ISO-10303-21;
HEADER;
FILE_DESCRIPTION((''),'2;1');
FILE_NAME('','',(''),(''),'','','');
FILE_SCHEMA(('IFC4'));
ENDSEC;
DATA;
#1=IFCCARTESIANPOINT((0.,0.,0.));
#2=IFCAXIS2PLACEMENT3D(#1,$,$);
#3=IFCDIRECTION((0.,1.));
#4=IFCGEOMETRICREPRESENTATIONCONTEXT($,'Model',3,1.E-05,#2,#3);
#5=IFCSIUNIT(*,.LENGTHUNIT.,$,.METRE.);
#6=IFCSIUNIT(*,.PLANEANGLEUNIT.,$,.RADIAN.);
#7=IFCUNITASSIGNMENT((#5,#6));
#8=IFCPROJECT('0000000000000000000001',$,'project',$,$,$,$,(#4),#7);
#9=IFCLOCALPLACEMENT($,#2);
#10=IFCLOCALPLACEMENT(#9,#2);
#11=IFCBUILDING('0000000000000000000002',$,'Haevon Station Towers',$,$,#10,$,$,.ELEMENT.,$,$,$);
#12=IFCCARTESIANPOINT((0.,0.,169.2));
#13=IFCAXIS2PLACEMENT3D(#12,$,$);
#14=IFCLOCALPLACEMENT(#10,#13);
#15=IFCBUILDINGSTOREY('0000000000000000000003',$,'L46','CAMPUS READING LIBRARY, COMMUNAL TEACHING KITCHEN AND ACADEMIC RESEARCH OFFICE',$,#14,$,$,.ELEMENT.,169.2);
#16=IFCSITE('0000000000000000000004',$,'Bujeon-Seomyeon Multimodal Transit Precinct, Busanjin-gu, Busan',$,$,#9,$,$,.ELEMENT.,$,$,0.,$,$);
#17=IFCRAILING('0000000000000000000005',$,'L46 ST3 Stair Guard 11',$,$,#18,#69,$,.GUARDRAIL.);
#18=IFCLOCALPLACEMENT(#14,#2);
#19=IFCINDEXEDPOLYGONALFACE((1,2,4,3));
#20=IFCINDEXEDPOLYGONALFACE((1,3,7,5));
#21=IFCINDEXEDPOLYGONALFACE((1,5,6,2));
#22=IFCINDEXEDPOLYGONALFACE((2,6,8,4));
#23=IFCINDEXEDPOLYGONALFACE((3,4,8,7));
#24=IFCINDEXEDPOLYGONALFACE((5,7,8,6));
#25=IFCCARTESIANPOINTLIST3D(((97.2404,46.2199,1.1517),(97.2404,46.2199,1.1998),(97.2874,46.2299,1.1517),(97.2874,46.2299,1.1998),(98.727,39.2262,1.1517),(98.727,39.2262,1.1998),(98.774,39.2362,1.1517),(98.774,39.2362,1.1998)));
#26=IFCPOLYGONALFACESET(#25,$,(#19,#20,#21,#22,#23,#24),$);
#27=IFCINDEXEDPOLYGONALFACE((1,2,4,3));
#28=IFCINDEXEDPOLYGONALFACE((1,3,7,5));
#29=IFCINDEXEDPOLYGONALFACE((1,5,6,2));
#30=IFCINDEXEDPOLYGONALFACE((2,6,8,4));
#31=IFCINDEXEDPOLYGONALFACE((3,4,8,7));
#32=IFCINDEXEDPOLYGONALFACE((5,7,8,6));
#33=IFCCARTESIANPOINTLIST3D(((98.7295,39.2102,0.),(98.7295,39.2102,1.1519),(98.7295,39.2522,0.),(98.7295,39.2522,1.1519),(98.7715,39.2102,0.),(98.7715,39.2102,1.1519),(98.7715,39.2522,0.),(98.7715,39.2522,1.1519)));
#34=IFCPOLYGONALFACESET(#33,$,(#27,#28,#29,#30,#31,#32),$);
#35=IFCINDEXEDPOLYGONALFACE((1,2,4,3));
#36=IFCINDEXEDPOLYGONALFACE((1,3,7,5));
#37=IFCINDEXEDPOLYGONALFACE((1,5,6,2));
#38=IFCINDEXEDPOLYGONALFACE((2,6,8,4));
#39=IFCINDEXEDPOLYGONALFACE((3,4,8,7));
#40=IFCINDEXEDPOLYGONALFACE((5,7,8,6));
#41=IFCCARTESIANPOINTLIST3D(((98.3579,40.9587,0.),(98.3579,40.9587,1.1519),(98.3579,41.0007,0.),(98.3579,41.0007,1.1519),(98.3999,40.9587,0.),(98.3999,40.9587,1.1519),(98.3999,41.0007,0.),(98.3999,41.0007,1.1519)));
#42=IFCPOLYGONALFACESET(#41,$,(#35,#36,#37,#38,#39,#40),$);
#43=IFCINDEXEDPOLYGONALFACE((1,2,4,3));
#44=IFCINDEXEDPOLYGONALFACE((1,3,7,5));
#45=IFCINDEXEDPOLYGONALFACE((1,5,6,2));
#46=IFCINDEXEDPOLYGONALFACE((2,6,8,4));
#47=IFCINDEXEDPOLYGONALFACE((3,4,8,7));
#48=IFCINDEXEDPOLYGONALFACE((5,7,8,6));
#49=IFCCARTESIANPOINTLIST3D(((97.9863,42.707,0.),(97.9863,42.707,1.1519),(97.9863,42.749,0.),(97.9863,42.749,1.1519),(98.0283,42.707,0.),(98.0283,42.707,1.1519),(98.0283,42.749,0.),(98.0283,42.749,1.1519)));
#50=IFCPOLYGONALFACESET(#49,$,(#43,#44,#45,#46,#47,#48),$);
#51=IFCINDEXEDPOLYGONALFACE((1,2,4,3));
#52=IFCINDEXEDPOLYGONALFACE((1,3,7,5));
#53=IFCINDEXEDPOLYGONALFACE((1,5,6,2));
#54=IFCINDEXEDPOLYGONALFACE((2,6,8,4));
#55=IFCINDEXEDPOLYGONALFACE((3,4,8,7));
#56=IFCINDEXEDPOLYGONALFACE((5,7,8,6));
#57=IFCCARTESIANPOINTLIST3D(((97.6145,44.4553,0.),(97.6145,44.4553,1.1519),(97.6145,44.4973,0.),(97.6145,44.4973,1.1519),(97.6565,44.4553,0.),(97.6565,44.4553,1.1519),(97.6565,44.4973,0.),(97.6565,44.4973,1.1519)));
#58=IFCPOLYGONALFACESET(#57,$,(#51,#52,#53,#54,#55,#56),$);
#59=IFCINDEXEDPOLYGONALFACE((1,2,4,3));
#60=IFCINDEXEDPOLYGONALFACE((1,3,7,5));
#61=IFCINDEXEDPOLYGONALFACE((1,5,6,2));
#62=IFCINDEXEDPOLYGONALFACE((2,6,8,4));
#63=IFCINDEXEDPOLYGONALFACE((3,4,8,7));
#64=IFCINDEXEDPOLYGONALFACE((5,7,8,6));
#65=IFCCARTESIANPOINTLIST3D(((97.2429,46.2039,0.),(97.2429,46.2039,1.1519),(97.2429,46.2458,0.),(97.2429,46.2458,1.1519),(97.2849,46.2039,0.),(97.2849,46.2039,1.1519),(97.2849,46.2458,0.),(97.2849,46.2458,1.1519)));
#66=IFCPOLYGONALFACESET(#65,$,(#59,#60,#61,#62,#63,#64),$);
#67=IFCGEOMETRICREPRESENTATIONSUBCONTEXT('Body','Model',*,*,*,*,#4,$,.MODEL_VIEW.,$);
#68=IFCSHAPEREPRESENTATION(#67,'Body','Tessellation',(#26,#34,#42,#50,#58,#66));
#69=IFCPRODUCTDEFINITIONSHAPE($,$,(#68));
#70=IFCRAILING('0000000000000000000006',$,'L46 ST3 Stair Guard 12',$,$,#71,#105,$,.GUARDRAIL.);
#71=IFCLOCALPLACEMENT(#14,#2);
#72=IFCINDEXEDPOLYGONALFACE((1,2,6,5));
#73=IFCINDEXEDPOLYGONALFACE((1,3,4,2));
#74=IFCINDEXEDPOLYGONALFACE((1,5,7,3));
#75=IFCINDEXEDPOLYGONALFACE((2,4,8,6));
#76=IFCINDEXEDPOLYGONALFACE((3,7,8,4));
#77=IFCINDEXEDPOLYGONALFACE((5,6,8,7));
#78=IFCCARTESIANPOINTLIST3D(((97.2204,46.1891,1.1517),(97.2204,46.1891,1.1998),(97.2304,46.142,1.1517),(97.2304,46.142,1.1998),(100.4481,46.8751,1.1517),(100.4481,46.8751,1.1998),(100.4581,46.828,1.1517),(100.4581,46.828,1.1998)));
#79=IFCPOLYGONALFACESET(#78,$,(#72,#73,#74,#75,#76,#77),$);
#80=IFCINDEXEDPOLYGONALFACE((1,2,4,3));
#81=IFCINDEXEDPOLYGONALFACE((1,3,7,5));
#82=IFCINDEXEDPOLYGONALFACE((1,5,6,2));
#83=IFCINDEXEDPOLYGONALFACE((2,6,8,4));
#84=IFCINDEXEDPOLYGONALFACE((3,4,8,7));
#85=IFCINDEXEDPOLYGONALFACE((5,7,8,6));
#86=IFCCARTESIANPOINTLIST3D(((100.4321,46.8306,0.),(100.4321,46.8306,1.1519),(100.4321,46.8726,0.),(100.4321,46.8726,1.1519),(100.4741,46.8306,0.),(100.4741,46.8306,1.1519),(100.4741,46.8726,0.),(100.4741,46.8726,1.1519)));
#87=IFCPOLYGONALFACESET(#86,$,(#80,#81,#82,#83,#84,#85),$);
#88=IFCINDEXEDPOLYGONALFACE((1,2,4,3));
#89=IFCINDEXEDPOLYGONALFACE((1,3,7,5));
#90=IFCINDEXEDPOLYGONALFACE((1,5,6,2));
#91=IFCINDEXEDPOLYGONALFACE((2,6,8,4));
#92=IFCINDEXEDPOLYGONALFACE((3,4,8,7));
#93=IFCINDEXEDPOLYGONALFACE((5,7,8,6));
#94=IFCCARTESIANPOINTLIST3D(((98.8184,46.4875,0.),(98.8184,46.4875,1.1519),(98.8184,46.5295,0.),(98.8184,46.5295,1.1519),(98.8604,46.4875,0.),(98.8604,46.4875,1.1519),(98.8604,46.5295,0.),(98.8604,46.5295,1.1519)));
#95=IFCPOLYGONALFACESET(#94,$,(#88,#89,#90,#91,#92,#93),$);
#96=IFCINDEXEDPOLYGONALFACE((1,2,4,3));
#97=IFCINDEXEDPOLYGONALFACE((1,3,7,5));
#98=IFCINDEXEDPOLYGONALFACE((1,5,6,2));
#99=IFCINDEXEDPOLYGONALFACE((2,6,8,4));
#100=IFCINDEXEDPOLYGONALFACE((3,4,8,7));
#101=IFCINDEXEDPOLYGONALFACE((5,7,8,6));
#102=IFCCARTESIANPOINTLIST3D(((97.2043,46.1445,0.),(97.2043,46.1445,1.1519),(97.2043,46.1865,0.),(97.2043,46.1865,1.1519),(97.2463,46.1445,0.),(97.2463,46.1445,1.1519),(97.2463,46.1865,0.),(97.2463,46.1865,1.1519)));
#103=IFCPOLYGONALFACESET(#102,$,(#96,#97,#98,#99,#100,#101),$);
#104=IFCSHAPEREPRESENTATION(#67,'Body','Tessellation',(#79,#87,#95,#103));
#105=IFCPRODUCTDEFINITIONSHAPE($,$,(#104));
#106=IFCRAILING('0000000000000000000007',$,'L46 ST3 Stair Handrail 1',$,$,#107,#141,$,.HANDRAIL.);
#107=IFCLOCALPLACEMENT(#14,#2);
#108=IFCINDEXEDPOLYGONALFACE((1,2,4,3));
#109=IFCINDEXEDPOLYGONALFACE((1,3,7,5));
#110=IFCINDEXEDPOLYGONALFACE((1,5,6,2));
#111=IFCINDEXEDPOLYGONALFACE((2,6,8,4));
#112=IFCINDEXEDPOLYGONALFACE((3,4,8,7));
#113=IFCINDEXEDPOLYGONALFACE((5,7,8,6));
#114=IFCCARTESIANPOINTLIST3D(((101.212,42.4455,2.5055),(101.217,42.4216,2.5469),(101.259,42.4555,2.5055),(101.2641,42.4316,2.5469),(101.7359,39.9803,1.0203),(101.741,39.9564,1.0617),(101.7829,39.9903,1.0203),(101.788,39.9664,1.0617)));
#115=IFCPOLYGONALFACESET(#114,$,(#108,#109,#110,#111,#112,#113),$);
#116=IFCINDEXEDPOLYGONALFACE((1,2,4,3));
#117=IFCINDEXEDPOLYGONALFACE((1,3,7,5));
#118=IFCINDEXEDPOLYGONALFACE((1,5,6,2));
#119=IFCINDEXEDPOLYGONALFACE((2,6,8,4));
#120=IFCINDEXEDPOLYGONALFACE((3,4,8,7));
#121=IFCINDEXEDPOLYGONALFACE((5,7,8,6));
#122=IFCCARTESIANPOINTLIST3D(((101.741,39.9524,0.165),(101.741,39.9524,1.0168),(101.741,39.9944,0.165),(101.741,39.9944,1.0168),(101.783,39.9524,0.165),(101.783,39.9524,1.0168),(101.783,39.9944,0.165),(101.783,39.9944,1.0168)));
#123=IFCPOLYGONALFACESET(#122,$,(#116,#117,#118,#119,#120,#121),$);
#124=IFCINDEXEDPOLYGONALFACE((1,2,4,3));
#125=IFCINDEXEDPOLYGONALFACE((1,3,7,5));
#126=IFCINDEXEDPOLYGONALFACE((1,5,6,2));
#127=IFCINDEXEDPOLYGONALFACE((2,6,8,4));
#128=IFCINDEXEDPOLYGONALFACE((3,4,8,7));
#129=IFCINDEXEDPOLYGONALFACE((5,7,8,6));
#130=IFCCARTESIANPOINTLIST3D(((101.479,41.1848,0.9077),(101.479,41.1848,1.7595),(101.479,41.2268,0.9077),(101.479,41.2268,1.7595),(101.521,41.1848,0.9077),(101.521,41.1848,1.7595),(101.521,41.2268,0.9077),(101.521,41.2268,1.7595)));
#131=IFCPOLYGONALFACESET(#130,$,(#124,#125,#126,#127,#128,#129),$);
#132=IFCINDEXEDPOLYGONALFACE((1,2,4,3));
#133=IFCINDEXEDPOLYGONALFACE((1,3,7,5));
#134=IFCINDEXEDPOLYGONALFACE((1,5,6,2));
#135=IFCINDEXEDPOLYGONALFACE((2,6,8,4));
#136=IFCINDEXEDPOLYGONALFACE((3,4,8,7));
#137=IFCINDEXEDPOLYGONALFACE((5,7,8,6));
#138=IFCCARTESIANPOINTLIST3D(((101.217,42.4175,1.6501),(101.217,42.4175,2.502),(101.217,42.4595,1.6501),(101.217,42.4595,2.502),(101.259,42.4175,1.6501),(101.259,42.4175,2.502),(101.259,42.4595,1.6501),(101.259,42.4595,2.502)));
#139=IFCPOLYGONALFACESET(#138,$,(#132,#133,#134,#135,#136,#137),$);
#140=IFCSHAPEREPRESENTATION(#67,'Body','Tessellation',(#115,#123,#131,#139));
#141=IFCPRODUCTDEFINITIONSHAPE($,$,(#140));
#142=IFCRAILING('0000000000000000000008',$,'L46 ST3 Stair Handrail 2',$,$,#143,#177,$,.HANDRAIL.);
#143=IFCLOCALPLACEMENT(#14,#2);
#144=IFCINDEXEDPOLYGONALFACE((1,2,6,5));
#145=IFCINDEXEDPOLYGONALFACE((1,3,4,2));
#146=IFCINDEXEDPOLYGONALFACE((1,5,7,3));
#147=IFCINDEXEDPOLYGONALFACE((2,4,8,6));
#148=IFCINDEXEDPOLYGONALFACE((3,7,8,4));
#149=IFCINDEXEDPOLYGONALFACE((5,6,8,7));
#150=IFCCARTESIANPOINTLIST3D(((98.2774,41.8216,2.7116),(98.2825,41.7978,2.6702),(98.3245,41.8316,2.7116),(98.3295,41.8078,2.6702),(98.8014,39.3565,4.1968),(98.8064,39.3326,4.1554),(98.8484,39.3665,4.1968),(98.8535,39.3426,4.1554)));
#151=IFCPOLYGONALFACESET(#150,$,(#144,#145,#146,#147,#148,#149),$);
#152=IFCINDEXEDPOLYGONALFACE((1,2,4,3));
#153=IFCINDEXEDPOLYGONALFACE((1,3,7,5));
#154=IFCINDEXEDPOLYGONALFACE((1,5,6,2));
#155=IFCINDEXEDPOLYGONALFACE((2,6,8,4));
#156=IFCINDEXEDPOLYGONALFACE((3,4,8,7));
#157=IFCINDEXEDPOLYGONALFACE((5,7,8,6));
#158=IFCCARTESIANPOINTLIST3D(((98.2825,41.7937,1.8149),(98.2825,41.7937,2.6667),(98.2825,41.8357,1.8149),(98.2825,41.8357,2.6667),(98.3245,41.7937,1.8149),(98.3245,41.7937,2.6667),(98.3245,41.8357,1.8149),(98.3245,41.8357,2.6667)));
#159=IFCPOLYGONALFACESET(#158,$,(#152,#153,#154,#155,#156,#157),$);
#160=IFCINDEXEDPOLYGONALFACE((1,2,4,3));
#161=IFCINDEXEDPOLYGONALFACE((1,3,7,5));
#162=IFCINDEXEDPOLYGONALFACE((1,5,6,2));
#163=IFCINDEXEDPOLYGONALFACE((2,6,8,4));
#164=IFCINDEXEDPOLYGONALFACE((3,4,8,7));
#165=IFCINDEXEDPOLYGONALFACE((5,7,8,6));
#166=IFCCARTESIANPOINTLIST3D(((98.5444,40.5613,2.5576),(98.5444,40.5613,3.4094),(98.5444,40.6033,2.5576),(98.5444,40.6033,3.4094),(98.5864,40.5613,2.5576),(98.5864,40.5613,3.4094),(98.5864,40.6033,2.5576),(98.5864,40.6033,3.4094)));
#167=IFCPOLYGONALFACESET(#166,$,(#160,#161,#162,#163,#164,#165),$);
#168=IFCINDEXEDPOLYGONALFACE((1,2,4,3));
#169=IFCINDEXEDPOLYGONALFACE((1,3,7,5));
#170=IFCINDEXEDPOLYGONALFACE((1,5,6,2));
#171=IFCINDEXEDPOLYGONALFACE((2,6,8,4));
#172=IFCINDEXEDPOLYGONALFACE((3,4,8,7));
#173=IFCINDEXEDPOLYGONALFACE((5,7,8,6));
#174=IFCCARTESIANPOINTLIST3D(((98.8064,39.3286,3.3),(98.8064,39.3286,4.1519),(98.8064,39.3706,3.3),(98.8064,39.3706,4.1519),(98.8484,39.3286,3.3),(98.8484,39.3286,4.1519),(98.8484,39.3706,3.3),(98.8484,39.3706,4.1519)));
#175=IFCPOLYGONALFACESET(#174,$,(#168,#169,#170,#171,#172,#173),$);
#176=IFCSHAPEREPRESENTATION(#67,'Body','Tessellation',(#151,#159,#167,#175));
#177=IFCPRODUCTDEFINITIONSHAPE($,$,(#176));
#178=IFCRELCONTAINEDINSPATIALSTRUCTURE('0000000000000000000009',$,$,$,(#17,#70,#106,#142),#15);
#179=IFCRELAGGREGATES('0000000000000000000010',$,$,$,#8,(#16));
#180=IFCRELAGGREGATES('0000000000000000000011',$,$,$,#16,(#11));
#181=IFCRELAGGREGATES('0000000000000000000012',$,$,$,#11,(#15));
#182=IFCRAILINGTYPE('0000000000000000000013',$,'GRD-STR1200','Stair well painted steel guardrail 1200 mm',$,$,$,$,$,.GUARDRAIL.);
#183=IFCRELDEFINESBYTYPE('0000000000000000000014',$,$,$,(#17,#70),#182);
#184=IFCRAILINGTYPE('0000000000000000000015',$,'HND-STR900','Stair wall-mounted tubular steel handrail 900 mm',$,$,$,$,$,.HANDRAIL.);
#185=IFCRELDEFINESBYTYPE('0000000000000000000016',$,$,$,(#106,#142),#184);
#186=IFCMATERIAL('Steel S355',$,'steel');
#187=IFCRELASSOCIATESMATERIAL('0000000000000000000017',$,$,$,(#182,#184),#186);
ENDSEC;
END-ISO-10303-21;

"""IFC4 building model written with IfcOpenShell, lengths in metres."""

from ifc_helpers import new_model, si_unit, direction, frame, origin, origin_2d, place, context, subcontext, project, spatial, rectangle, extrude, material, type_object, element, save


model = new_model("IFC4")

# Units and contexts
model_context = context("Model", 3, precision=1e-05, world=origin(), true_north=direction((0.0, 1.0)))
body_context = subcontext(model_context, "Body", "Model", "MODEL_VIEW")
ifc_project = project(units=[si_unit("LENGTHUNIT", "METRE"), si_unit("PLANEANGLEUNIT", "RADIAN")], contexts=[model_context])

# Site, building, storey
site_placement = place(None, origin())
site = spatial("IfcSite", under=ifc_project, at=site_placement, Name="Bujeon-Seomyeon Multimodal Transit Precinct, Busanjin-gu, Busan", CompositionType="ELEMENT", RefElevation=0.0)
building_placement = place(site_placement, origin())
building = spatial("IfcBuilding", under=site, at=building_placement, Name="Haevon Station Towers", CompositionType="ELEMENT")
storey_placement = place(building_placement, frame((0.0, 0.0, 169.2)))
storey = spatial("IfcBuildingStorey", under=building, at=storey_placement, Name="L46", Description="CAMPUS READING LIBRARY, COMMUNAL TEACHING KITCHEN AND ACADEMIC RESEARCH OFFICE", CompositionType="ELEMENT", Elevation=169.2)

# Shared definitions
ifc_material_1 = material(Name="Steel S355", Category="steel")

# Railings
railing_type_1 = type_object("IfcRailingType", Name="GRD-STR1200", Description="Stair well painted steel guardrail 1200 mm", PredefinedType="GUARDRAIL", material=ifc_material_1)
railing_1_placement = place(storey_placement, frame((98.7505, 39.2312, 0.0)))
element("IfcRailing", 1, at=railing_1_placement, inside=storey, type_object=railing_type_1, Name="L46 ST3 Stair Guard 11", PredefinedType="GUARDRAIL", context=body_context, shape_type="SweptSolid", body=[
    extrude(rectangle(XDim=0.0481, YDim=0.0481, at=origin_2d()), frame((0.0, 0.0, 1.1758), z_axis=(-0.207915, 0.978147, 0.0), x_axis=(-0.978147, -0.207915, 0.0)), (0.0, 0.0, 1.0), 7.1499),
    extrude(rectangle(XDim=0.042, YDim=0.042, at=origin_2d()), origin(), (0.0, 0.0, 1.0), 1.1519),
    extrude(rectangle(XDim=0.042, YDim=0.042, at=origin_2d()), frame((-0.3716, 1.7485, 0.0)), (0.0, 0.0, 1.0), 1.1519),
    extrude(rectangle(XDim=0.042, YDim=0.042, at=origin_2d()), frame((-0.7432, 3.4968, 0.0)), (0.0, 0.0, 1.0), 1.1519),
    extrude(rectangle(XDim=0.042, YDim=0.042, at=origin_2d()), frame((-1.115, 5.2451, 0.0)), (0.0, 0.0, 1.0), 1.1519),
    extrude(rectangle(XDim=0.042, YDim=0.042, at=origin_2d()), frame((-1.4866, 6.9937, 0.0)), (0.0, 0.0, 1.0), 1.1519),
])
railing_2_placement = place(storey_placement, frame((100.4531, 46.8516, 0.0)))
element("IfcRailing", 2, at=railing_2_placement, inside=storey, type_object=railing_type_1, Name="L46 ST3 Stair Guard 12", PredefinedType="GUARDRAIL", context=body_context, shape_type="SweptSolid", body=[
    extrude(rectangle(XDim=0.0481, YDim=0.0481, at=origin_2d()), frame((0.0, 0.0, 1.1758), z_axis=(-0.978151, -0.207897, 0.0), x_axis=(0.207897, -0.978151, 0.0)), (0.0, 0.0, 1.0), 3.2998),
    extrude(rectangle(XDim=0.042, YDim=0.042, at=origin_2d()), origin(), (0.0, 0.0, 1.0), 1.1519),
    extrude(rectangle(XDim=0.042, YDim=0.042, at=origin_2d()), frame((-1.6138, -0.343, 0.0)), (0.0, 0.0, 1.0), 1.1519),
    extrude(rectangle(XDim=0.042, YDim=0.042, at=origin_2d()), frame((-3.2278, -0.686, 0.0)), (0.0, 0.0, 1.0), 1.1519),
])
railing_type_2 = type_object("IfcRailingType", Name="HND-STR900", Description="Stair wall-mounted tubular steel handrail 900 mm", PredefinedType="HANDRAIL", material=ifc_material_1)
railing_3_placement = place(storey_placement, frame((101.762, 39.9734, 0.165)))
element("IfcRailing", 3, at=railing_3_placement, inside=storey, type_object=railing_type_2, Name="L46 ST3 Stair Handrail 1", PredefinedType="HANDRAIL", context=body_context, shape_type="SweptSolid", body=[
    extrude(rectangle(XDim=0.0481, YDim=0.0481, at=origin_2d()), frame((0.0, 0.0, 0.876), z_axis=(-0.179109, 0.842712, 0.507697), x_axis=(-0.978151, -0.207895, 0.0)), (0.0, 0.0, 1.0), 2.9253),
    extrude(rectangle(XDim=0.042, YDim=0.042, at=origin_2d()), origin(), (0.0, 0.0, 1.0), 0.8518),
    extrude(rectangle(XDim=0.042, YDim=0.042, at=origin_2d()), frame((-0.262, 1.2324, 0.7427)), (0.0, 0.0, 1.0), 0.8518),
    extrude(rectangle(XDim=0.042, YDim=0.042, at=origin_2d()), frame((-0.5239, 2.4651, 1.4851)), (0.0, 0.0, 1.0), 0.8518),
])
railing_4_placement = place(storey_placement, frame((98.3035, 41.8147, 1.8149)))
element("IfcRailing", 4, at=railing_4_placement, inside=storey, type_object=railing_type_2, Name="L46 ST3 Stair Handrail 2", PredefinedType="HANDRAIL", context=body_context, shape_type="SweptSolid", body=[
    extrude(rectangle(XDim=0.0481, YDim=0.0481, at=origin_2d()), frame((0.0, 0.0, 0.876), z_axis=(0.179109, -0.842712, 0.507697), x_axis=(0.978151, 0.207895, 0.0)), (0.0, 0.0, 1.0), 2.9253),
    extrude(rectangle(XDim=0.042, YDim=0.042, at=origin_2d()), origin(), (0.0, 0.0, 1.0), 0.8518),
    extrude(rectangle(XDim=0.042, YDim=0.042, at=origin_2d()), frame((0.262, -1.2324, 0.7427)), (0.0, 0.0, 1.0), 0.8518),
    extrude(rectangle(XDim=0.042, YDim=0.042, at=origin_2d()), frame((0.5239, -2.4651, 1.4851)), (0.0, 0.0, 1.0), 0.8518),
])

save(model, "model.ifc")
